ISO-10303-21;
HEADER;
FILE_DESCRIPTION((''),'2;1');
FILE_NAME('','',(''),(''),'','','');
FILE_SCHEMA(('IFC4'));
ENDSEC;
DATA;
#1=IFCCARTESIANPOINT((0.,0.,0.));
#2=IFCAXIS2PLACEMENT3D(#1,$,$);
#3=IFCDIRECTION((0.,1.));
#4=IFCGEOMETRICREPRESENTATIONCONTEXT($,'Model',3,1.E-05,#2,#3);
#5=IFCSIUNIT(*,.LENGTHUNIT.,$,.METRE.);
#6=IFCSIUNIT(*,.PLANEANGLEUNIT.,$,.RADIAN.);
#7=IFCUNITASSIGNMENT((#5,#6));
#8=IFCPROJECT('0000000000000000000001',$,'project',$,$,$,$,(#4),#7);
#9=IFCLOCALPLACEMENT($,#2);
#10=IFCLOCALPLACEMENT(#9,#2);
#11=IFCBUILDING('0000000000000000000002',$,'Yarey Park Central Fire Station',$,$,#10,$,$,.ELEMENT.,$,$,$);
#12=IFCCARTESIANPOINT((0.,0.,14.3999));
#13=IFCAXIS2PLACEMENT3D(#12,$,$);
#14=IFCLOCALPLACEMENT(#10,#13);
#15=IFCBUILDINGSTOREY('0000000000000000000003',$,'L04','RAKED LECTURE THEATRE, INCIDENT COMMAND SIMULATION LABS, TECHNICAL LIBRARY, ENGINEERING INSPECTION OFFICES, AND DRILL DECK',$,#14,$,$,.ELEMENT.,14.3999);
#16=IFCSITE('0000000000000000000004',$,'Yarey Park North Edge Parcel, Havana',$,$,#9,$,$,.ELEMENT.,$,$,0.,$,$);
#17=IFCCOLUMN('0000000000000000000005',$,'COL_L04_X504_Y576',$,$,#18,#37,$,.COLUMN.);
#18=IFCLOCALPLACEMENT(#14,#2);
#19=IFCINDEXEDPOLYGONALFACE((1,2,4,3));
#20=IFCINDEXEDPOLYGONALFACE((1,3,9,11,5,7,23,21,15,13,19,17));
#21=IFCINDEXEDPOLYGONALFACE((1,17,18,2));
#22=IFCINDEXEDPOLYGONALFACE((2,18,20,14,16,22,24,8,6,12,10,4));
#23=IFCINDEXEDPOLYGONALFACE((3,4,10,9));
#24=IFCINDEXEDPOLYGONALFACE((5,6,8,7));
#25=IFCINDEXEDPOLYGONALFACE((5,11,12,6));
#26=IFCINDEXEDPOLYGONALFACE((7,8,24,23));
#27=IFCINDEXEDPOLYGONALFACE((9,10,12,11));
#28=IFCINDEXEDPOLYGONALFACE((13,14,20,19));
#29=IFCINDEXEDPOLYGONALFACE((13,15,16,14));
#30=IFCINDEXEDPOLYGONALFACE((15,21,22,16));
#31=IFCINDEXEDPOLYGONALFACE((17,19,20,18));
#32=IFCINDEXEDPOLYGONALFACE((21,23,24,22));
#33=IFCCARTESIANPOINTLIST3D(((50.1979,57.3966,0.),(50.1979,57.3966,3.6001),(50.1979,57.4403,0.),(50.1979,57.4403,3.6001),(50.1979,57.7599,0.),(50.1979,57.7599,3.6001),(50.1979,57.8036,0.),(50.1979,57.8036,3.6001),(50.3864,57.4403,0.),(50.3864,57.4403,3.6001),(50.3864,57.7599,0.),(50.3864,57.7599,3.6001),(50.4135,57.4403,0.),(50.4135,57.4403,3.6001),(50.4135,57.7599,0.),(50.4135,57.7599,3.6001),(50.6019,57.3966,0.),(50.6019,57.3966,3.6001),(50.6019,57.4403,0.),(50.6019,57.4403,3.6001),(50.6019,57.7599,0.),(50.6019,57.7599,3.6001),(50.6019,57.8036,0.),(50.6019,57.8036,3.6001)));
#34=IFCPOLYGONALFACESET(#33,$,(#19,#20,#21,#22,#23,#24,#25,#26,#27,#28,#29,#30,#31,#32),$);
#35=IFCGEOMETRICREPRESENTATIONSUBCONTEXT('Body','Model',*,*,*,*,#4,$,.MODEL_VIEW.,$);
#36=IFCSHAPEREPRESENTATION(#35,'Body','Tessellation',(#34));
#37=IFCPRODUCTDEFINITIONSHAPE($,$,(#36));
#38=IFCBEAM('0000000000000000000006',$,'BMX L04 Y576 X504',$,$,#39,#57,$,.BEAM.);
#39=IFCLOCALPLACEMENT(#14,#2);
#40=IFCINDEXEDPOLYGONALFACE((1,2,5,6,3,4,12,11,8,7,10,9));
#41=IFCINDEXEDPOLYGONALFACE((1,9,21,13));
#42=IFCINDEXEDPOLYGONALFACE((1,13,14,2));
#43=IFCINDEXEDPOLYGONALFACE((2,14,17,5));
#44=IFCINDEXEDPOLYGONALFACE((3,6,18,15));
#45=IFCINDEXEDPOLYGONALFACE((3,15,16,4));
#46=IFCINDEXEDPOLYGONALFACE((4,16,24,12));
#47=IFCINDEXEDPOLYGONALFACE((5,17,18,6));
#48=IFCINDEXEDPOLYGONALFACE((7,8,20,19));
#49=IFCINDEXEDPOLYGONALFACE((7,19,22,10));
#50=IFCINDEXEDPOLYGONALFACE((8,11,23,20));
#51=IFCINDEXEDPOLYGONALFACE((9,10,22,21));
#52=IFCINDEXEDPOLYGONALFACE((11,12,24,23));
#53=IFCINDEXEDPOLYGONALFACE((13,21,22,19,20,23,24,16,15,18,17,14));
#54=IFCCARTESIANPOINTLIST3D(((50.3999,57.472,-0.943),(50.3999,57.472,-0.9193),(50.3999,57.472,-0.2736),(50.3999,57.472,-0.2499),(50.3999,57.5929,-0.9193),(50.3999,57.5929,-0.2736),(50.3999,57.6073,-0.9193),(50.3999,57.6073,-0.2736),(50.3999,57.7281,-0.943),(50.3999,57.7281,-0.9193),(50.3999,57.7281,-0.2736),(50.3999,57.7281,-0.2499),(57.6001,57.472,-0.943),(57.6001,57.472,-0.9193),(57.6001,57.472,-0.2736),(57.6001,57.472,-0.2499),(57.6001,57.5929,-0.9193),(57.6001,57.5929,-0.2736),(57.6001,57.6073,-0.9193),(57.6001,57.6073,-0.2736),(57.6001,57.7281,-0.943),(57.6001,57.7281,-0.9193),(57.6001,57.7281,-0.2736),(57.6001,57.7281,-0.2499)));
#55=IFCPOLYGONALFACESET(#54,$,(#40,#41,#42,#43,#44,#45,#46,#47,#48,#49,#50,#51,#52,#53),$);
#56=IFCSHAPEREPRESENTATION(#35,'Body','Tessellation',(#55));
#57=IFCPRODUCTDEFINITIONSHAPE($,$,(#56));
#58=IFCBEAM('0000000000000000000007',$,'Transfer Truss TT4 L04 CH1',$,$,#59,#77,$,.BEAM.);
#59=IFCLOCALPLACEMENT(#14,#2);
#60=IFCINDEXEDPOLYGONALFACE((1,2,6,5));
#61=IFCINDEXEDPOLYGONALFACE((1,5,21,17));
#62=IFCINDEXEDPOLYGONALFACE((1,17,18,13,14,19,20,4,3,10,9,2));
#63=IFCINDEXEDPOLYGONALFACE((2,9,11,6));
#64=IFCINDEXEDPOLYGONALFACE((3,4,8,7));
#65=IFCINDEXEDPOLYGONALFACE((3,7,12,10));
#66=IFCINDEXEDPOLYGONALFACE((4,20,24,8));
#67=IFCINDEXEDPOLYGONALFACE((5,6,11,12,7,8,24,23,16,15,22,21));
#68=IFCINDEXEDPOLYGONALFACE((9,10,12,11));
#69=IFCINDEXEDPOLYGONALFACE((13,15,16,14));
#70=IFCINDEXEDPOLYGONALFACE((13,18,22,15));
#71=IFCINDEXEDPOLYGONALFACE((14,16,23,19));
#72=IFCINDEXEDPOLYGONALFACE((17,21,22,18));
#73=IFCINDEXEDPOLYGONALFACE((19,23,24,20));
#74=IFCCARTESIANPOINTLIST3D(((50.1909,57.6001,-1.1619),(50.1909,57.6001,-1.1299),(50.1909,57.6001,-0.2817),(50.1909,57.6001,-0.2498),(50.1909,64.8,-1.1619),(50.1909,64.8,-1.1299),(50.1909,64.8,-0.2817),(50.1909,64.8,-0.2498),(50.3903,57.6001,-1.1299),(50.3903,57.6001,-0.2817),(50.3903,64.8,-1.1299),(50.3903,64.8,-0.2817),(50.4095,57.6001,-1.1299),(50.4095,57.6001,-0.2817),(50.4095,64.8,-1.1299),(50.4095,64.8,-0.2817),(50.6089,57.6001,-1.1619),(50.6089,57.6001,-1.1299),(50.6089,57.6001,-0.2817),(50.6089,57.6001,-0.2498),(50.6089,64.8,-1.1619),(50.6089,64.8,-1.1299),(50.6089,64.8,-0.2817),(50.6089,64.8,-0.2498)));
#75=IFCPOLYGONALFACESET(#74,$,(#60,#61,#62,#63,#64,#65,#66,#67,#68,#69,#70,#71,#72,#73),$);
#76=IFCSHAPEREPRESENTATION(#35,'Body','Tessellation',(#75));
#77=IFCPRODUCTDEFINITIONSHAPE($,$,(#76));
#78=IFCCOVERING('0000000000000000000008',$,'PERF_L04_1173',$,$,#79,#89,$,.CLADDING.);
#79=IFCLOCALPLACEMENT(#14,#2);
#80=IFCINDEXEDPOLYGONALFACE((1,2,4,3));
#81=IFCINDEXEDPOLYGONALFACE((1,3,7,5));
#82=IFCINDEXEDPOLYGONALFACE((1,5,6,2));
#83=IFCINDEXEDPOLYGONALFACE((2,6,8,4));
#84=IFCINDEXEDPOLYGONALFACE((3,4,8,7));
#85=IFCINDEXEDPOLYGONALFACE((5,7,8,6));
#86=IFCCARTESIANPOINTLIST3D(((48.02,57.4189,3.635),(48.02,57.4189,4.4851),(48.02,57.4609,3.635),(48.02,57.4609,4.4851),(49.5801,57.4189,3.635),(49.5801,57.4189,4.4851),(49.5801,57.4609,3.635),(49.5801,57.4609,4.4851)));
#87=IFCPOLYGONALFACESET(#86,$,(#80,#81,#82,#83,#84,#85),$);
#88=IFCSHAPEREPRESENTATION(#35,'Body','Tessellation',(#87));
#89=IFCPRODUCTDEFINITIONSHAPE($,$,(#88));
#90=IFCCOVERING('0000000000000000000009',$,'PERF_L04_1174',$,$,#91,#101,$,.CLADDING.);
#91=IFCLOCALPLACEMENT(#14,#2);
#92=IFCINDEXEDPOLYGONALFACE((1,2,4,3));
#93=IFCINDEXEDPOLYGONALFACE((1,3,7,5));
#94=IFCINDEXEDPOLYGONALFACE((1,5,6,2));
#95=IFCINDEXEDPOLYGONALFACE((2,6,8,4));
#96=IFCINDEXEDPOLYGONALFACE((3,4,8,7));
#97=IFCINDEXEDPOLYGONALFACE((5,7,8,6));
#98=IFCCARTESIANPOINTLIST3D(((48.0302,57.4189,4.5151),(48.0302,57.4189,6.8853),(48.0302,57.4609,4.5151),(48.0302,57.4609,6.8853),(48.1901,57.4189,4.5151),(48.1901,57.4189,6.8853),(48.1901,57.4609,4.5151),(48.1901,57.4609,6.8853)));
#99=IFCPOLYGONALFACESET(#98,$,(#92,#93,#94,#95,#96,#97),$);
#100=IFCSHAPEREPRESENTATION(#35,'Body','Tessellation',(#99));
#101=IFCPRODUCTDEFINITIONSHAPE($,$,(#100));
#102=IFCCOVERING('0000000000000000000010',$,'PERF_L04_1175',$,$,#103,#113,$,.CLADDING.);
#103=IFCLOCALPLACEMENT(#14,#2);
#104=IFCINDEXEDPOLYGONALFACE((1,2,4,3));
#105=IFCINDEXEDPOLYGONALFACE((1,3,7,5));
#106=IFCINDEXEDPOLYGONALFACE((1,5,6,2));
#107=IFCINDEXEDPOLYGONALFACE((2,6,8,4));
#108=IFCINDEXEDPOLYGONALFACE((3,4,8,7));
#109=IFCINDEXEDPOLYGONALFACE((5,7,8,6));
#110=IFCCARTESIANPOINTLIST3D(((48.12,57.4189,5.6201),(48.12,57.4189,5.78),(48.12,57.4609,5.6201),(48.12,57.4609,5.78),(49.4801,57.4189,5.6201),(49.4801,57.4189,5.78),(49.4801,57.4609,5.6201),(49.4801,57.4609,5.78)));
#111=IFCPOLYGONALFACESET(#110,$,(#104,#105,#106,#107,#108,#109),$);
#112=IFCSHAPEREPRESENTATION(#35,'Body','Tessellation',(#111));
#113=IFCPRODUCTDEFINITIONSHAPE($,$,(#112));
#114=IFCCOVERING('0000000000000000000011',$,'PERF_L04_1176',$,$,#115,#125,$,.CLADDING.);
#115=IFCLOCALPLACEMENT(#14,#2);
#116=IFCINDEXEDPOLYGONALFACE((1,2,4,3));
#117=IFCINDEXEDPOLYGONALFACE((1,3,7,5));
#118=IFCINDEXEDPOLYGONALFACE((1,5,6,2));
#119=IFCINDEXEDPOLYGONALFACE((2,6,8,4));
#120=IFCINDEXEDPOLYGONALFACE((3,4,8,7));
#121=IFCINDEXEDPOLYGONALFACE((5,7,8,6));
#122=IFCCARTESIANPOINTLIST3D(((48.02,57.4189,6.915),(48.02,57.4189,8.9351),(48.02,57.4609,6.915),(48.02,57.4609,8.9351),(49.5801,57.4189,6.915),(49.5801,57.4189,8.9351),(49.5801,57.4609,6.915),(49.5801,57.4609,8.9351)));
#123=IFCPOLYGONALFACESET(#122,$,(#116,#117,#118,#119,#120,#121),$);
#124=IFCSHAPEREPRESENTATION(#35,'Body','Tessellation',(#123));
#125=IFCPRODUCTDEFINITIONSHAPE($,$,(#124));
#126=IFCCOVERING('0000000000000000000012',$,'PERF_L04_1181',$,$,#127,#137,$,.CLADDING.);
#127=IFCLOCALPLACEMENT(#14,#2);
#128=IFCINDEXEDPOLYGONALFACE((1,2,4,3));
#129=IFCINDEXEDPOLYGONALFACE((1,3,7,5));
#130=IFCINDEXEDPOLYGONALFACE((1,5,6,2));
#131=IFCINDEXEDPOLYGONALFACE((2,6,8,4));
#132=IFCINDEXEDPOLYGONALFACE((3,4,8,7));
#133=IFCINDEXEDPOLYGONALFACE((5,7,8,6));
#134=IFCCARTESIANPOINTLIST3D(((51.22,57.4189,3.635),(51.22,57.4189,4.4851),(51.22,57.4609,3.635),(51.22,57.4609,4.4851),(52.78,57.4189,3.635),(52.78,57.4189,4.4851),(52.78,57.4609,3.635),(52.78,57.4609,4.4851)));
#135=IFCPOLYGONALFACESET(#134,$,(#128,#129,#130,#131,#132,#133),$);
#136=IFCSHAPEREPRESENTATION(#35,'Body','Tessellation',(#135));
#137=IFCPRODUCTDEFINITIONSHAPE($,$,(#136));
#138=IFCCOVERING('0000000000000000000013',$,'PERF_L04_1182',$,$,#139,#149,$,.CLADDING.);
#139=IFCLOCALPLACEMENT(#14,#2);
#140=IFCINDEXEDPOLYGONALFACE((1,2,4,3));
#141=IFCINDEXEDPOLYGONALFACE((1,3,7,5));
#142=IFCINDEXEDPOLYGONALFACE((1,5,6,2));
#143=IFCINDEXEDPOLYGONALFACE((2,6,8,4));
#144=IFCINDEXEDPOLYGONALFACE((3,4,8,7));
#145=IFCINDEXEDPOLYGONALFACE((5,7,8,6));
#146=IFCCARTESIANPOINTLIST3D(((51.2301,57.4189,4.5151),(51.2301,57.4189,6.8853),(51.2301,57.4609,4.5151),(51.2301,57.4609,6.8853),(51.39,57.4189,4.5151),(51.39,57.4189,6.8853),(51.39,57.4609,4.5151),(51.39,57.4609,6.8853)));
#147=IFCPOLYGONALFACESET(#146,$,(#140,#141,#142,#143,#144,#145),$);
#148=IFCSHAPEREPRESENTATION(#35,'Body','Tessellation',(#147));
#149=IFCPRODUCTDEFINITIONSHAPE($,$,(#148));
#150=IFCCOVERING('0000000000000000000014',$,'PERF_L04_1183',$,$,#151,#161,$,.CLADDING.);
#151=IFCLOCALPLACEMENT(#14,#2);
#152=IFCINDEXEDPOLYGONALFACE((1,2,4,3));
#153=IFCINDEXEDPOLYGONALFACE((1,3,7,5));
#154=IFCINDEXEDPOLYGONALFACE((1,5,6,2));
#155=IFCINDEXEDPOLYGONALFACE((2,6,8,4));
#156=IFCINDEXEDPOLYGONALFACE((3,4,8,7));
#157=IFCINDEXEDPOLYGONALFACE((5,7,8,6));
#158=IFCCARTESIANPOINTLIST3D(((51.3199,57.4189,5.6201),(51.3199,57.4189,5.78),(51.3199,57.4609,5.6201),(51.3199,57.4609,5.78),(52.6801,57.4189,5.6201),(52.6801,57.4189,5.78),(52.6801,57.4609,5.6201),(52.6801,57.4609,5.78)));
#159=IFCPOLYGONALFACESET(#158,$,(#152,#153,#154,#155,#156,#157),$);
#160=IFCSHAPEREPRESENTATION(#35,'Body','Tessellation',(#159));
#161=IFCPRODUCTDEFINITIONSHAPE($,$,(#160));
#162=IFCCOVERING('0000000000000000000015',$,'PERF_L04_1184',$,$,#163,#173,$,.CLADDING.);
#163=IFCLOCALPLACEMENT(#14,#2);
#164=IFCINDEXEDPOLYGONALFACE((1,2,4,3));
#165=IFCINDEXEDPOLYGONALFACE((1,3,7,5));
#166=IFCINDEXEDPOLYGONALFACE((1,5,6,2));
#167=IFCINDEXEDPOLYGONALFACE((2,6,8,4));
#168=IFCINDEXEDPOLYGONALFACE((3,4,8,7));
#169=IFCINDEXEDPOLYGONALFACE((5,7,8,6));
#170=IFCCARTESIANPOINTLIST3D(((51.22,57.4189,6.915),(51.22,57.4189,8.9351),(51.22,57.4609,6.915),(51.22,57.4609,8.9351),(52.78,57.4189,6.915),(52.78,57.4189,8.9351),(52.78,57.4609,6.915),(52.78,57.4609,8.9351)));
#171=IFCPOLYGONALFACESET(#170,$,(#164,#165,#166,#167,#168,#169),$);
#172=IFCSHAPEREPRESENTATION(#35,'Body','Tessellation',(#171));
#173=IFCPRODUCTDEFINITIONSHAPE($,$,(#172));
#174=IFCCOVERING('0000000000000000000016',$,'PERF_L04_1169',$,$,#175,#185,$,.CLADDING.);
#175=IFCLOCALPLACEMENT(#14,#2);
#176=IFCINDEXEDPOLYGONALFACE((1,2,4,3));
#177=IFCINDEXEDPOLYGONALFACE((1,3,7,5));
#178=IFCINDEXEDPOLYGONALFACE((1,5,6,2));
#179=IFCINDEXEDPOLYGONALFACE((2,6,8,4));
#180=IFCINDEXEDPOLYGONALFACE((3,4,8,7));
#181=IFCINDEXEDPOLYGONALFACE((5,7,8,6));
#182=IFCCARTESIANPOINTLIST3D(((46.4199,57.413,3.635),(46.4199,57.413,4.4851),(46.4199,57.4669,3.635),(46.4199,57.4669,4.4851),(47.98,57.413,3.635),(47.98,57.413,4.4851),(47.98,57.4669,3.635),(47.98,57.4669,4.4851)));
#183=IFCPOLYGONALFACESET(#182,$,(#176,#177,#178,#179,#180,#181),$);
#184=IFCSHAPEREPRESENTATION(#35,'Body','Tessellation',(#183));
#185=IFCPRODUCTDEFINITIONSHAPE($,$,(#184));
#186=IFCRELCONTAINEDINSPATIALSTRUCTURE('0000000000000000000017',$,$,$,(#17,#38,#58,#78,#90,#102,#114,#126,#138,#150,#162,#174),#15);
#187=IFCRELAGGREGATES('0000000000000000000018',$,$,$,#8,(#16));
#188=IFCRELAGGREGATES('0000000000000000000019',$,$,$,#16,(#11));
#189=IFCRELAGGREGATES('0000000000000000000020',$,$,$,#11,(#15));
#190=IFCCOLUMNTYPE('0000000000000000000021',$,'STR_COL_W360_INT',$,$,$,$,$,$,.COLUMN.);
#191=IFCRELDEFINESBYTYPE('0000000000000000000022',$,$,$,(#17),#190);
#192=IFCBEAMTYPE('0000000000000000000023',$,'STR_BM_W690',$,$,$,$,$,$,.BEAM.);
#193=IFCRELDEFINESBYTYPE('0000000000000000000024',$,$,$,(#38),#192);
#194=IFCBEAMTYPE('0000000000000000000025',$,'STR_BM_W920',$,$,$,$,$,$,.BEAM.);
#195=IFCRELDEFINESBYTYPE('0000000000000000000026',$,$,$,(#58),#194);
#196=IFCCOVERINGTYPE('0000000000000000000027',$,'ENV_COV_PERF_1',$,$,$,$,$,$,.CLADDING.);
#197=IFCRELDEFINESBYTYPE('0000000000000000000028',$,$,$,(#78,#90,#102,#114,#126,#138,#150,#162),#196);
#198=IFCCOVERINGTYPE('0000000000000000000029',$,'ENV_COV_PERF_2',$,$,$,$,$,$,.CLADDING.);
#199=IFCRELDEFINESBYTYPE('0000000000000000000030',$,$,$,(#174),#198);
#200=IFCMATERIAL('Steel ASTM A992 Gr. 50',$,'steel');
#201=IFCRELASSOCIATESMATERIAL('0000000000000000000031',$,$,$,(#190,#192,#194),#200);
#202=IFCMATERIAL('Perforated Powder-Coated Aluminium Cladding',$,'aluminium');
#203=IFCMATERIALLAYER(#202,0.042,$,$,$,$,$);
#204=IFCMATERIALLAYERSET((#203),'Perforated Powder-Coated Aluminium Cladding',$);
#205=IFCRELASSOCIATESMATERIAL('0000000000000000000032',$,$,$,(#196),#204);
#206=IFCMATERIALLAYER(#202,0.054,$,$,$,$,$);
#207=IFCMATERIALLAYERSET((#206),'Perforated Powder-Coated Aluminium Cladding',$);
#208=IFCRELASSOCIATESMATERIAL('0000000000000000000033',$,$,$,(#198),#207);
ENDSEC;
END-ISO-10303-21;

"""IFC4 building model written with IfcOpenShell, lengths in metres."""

from ifc_helpers import new_model, si_unit, direction, frame, origin, origin_2d, place, context, subcontext, project, spatial, rectangle, i_section, extrude, material, layer, layer_set, material_profile, profile_set, type_object, element, save


model = new_model("IFC4")

# Units and contexts
model_context = context("Model", 3, precision=1e-05, world=origin(), true_north=direction((0.0, 1.0)))
body_context = subcontext(model_context, "Body", "Model", "MODEL_VIEW")
ifc_project = project(units=[si_unit("LENGTHUNIT", "METRE"), si_unit("PLANEANGLEUNIT", "RADIAN")], contexts=[model_context])

# Site, building, storey
site_placement = place(None, origin())
site = spatial("IfcSite", under=ifc_project, at=site_placement, Name="Yarey Park North Edge Parcel, Havana", CompositionType="ELEMENT", RefElevation=0.0)
building_placement = place(site_placement, origin())
building = spatial("IfcBuilding", under=site, at=building_placement, Name="Yarey Park Central Fire Station", CompositionType="ELEMENT")
storey_placement = place(building_placement, frame((0.0, 0.0, 14.3999)))
storey = spatial("IfcBuildingStorey", under=building, at=storey_placement, Name="L04", Description="RAKED LECTURE THEATRE, INCIDENT COMMAND SIMULATION LABS, TECHNICAL LIBRARY, ENGINEERING INSPECTION OFFICES, AND DRILL DECK", CompositionType="ELEMENT", Elevation=14.3999)

# Column
ifc_material_1 = material(Name="Steel ASTM A992 Gr. 50", Category="steel")
ifc_material_profile_1 = material_profile(ifc_material_1, i_section(OverallWidth=0.4041, OverallDepth=0.407, WebThickness=0.0271, FlangeThickness=0.0437, at=origin_2d()), Name="W360x347")
ifc_profile_set_1 = profile_set([ifc_material_profile_1], Name="Steel ASTM A992 Gr. 50")
column_type = type_object("IfcColumnType", Name="STR_COL_W360_INT", PredefinedType="COLUMN", material=ifc_profile_set_1)
column_placement = place(storey_placement, frame((50.3999, 57.6001, 0.0), z_axis=(0.0, 0.0, 1.0), x_axis=(1.0, 0.0, 0.0)))
element("IfcColumn", 1, at=column_placement, inside=storey, type_object=column_type, Name="COL_L04_X504_Y576", PredefinedType="COLUMN", context=body_context, shape_type="SweptSolid", body=[
    extrude(i_section(OverallWidth=0.4041, OverallDepth=0.407, WebThickness=0.0271, FlangeThickness=0.0437, at=origin_2d()), origin(), (0.0, 0.0, 1.0), 3.6001),
])

# Beams
ifc_material_profile_2 = material_profile(ifc_material_1, i_section(OverallWidth=0.2561, OverallDepth=0.6931, WebThickness=0.0144, FlangeThickness=0.0237, at=origin_2d()), Name="W690x170")
ifc_profile_set_2 = profile_set([ifc_material_profile_2], Name="Steel ASTM A992 Gr. 50")
beam_type_1 = type_object("IfcBeamType", Name="STR_BM_W690", PredefinedType="BEAM", material=ifc_profile_set_2)
beam_1_placement = place(storey_placement, frame((50.3999, 57.6001, -0.5964), z_axis=(1.0, 0.0, 0.0), x_axis=(0.0, 1.0, 0.0)))
element("IfcBeam", 2, at=beam_1_placement, inside=storey, type_object=beam_type_1, Name="BMX L04 Y576 X504", PredefinedType="BEAM", context=body_context, shape_type="SweptSolid", body=[
    extrude(i_section(OverallWidth=0.2561, OverallDepth=0.6931, WebThickness=0.0144, FlangeThickness=0.0237, at=origin_2d()), origin(), (0.0, 0.0, 1.0), 7.2002),
])
ifc_material_profile_3 = material_profile(ifc_material_1, i_section(OverallWidth=0.418, OverallDepth=0.9121, WebThickness=0.0193, FlangeThickness=0.032, at=origin_2d()), Name="W920x342")
ifc_profile_set_3 = profile_set([ifc_material_profile_3], Name="Steel ASTM A992 Gr. 50")
beam_type_2 = type_object("IfcBeamType", Name="STR_BM_W920", PredefinedType="BEAM", material=ifc_profile_set_3)
beam_2_placement = place(storey_placement, frame((50.3999, 57.6001, -0.7058), z_axis=(0.0, 1.0, 0.0), x_axis=(-1.0, 0.0, 0.0)))
element("IfcBeam", 3, at=beam_2_placement, inside=storey, type_object=beam_type_2, Name="Transfer Truss TT4 L04 CH1", PredefinedType="BEAM", context=body_context, shape_type="SweptSolid", body=[
    extrude(i_section(OverallWidth=0.418, OverallDepth=0.9121, WebThickness=0.0193, FlangeThickness=0.032, at=origin_2d()), origin(), (0.0, 0.0, 1.0), 7.2),
])

# Coverings
ifc_material_2 = material(Name="Perforated Powder-Coated Aluminium Cladding", Category="aluminium")
ifc_layer_1 = layer(ifc_material_2, 0.042)
ifc_layer_set_1 = layer_set([ifc_layer_1], Name="Perforated Powder-Coated Aluminium Cladding")
covering_type_1 = type_object("IfcCoveringType", Name="ENV_COV_PERF_1", PredefinedType="CLADDING", material=ifc_layer_set_1)
covering_1_placement = place(storey_placement, frame((48.8, 57.4399, 3.635), z_axis=(0.0, 0.0, 1.0), x_axis=(1.0, 0.0, 0.0)))
element("IfcCovering", 4, at=covering_1_placement, inside=storey, type_object=covering_type_1, Name="PERF_L04_1173", PredefinedType="CLADDING", context=body_context, shape_type="SweptSolid", body=[
    extrude(rectangle(XDim=1.5601, YDim=0.042, at=origin_2d()), origin(), (0.0, 0.0, 1.0), 0.8501),
])
covering_2_placement = place(storey_placement, frame((48.1101, 57.4399, 4.5151), z_axis=(0.0, 0.0, 1.0), x_axis=(1.0, 0.0, 0.0)))
element("IfcCovering", 5, at=covering_2_placement, inside=storey, type_object=covering_type_1, Name="PERF_L04_1174", PredefinedType="CLADDING", context=body_context, shape_type="SweptSolid", body=[
    extrude(rectangle(XDim=0.1599, YDim=0.042, at=origin_2d()), origin(), (0.0, 0.0, 1.0), 2.3701),
])
covering_3_placement = place(storey_placement, frame((48.8, 57.4399, 5.6201), z_axis=(0.0, 0.0, 1.0), x_axis=(1.0, 0.0, 0.0)))
element("IfcCovering", 6, at=covering_3_placement, inside=storey, type_object=covering_type_1, Name="PERF_L04_1175", PredefinedType="CLADDING", context=body_context, shape_type="SweptSolid", body=[
    extrude(rectangle(XDim=1.3601, YDim=0.042, at=origin_2d()), origin(), (0.0, 0.0, 1.0), 0.1599),
])
covering_4_placement = place(storey_placement, frame((48.8, 57.4399, 6.915), z_axis=(0.0, 0.0, 1.0), x_axis=(1.0, 0.0, 0.0)))
element("IfcCovering", 7, at=covering_4_placement, inside=storey, type_object=covering_type_1, Name="PERF_L04_1176", PredefinedType="CLADDING", context=body_context, shape_type="SweptSolid", body=[
    extrude(rectangle(XDim=1.5601, YDim=0.042, at=origin_2d()), origin(), (0.0, 0.0, 1.0), 2.02),
])
covering_5_placement = place(storey_placement, frame((52.0, 57.4399, 3.635), z_axis=(0.0, 0.0, 1.0), x_axis=(1.0, 0.0, 0.0)))
element("IfcCovering", 8, at=covering_5_placement, inside=storey, type_object=covering_type_1, Name="PERF_L04_1181", PredefinedType="CLADDING", context=body_context, shape_type="SweptSolid", body=[
    extrude(rectangle(XDim=1.5601, YDim=0.042, at=origin_2d()), origin(), (0.0, 0.0, 1.0), 0.8501),
])
covering_6_placement = place(storey_placement, frame((51.3101, 57.4399, 4.5151), z_axis=(0.0, 0.0, 1.0), x_axis=(1.0, 0.0, 0.0)))
element("IfcCovering", 9, at=covering_6_placement, inside=storey, type_object=covering_type_1, Name="PERF_L04_1182", PredefinedType="CLADDING", context=body_context, shape_type="SweptSolid", body=[
    extrude(rectangle(XDim=0.1599, YDim=0.042, at=origin_2d()), origin(), (0.0, 0.0, 1.0), 2.3701),
])
covering_7_placement = place(storey_placement, frame((52.0, 57.4399, 5.6201), z_axis=(0.0, 0.0, 1.0), x_axis=(1.0, 0.0, 0.0)))
element("IfcCovering", 10, at=covering_7_placement, inside=storey, type_object=covering_type_1, Name="PERF_L04_1183", PredefinedType="CLADDING", context=body_context, shape_type="SweptSolid", body=[
    extrude(rectangle(XDim=1.3601, YDim=0.042, at=origin_2d()), origin(), (0.0, 0.0, 1.0), 0.1599),
])
covering_8_placement = place(storey_placement, frame((52.0, 57.4399, 6.915), z_axis=(0.0, 0.0, 1.0), x_axis=(1.0, 0.0, 0.0)))
element("IfcCovering", 11, at=covering_8_placement, inside=storey, type_object=covering_type_1, Name="PERF_L04_1184", PredefinedType="CLADDING", context=body_context, shape_type="SweptSolid", body=[
    extrude(rectangle(XDim=1.5601, YDim=0.042, at=origin_2d()), origin(), (0.0, 0.0, 1.0), 2.02),
])
ifc_layer_2 = layer(ifc_material_2, 0.054)
ifc_layer_set_2 = layer_set([ifc_layer_2], Name="Perforated Powder-Coated Aluminium Cladding")
covering_type_2 = type_object("IfcCoveringType", Name="ENV_COV_PERF_2", PredefinedType="CLADDING", material=ifc_layer_set_2)
covering_9_placement = place(storey_placement, frame((47.2, 57.4399, 3.635), z_axis=(0.0, 0.0, 1.0), x_axis=(1.0, 0.0, 0.0)))
element("IfcCovering", 12, at=covering_9_placement, inside=storey, type_object=covering_type_2, Name="PERF_L04_1169", PredefinedType="CLADDING", context=body_context, shape_type="SweptSolid", body=[
    extrude(rectangle(XDim=1.5601, YDim=0.054, at=origin_2d()), origin(), (0.0, 0.0, 1.0), 0.8501),
])

save(model, "model.ifc")
